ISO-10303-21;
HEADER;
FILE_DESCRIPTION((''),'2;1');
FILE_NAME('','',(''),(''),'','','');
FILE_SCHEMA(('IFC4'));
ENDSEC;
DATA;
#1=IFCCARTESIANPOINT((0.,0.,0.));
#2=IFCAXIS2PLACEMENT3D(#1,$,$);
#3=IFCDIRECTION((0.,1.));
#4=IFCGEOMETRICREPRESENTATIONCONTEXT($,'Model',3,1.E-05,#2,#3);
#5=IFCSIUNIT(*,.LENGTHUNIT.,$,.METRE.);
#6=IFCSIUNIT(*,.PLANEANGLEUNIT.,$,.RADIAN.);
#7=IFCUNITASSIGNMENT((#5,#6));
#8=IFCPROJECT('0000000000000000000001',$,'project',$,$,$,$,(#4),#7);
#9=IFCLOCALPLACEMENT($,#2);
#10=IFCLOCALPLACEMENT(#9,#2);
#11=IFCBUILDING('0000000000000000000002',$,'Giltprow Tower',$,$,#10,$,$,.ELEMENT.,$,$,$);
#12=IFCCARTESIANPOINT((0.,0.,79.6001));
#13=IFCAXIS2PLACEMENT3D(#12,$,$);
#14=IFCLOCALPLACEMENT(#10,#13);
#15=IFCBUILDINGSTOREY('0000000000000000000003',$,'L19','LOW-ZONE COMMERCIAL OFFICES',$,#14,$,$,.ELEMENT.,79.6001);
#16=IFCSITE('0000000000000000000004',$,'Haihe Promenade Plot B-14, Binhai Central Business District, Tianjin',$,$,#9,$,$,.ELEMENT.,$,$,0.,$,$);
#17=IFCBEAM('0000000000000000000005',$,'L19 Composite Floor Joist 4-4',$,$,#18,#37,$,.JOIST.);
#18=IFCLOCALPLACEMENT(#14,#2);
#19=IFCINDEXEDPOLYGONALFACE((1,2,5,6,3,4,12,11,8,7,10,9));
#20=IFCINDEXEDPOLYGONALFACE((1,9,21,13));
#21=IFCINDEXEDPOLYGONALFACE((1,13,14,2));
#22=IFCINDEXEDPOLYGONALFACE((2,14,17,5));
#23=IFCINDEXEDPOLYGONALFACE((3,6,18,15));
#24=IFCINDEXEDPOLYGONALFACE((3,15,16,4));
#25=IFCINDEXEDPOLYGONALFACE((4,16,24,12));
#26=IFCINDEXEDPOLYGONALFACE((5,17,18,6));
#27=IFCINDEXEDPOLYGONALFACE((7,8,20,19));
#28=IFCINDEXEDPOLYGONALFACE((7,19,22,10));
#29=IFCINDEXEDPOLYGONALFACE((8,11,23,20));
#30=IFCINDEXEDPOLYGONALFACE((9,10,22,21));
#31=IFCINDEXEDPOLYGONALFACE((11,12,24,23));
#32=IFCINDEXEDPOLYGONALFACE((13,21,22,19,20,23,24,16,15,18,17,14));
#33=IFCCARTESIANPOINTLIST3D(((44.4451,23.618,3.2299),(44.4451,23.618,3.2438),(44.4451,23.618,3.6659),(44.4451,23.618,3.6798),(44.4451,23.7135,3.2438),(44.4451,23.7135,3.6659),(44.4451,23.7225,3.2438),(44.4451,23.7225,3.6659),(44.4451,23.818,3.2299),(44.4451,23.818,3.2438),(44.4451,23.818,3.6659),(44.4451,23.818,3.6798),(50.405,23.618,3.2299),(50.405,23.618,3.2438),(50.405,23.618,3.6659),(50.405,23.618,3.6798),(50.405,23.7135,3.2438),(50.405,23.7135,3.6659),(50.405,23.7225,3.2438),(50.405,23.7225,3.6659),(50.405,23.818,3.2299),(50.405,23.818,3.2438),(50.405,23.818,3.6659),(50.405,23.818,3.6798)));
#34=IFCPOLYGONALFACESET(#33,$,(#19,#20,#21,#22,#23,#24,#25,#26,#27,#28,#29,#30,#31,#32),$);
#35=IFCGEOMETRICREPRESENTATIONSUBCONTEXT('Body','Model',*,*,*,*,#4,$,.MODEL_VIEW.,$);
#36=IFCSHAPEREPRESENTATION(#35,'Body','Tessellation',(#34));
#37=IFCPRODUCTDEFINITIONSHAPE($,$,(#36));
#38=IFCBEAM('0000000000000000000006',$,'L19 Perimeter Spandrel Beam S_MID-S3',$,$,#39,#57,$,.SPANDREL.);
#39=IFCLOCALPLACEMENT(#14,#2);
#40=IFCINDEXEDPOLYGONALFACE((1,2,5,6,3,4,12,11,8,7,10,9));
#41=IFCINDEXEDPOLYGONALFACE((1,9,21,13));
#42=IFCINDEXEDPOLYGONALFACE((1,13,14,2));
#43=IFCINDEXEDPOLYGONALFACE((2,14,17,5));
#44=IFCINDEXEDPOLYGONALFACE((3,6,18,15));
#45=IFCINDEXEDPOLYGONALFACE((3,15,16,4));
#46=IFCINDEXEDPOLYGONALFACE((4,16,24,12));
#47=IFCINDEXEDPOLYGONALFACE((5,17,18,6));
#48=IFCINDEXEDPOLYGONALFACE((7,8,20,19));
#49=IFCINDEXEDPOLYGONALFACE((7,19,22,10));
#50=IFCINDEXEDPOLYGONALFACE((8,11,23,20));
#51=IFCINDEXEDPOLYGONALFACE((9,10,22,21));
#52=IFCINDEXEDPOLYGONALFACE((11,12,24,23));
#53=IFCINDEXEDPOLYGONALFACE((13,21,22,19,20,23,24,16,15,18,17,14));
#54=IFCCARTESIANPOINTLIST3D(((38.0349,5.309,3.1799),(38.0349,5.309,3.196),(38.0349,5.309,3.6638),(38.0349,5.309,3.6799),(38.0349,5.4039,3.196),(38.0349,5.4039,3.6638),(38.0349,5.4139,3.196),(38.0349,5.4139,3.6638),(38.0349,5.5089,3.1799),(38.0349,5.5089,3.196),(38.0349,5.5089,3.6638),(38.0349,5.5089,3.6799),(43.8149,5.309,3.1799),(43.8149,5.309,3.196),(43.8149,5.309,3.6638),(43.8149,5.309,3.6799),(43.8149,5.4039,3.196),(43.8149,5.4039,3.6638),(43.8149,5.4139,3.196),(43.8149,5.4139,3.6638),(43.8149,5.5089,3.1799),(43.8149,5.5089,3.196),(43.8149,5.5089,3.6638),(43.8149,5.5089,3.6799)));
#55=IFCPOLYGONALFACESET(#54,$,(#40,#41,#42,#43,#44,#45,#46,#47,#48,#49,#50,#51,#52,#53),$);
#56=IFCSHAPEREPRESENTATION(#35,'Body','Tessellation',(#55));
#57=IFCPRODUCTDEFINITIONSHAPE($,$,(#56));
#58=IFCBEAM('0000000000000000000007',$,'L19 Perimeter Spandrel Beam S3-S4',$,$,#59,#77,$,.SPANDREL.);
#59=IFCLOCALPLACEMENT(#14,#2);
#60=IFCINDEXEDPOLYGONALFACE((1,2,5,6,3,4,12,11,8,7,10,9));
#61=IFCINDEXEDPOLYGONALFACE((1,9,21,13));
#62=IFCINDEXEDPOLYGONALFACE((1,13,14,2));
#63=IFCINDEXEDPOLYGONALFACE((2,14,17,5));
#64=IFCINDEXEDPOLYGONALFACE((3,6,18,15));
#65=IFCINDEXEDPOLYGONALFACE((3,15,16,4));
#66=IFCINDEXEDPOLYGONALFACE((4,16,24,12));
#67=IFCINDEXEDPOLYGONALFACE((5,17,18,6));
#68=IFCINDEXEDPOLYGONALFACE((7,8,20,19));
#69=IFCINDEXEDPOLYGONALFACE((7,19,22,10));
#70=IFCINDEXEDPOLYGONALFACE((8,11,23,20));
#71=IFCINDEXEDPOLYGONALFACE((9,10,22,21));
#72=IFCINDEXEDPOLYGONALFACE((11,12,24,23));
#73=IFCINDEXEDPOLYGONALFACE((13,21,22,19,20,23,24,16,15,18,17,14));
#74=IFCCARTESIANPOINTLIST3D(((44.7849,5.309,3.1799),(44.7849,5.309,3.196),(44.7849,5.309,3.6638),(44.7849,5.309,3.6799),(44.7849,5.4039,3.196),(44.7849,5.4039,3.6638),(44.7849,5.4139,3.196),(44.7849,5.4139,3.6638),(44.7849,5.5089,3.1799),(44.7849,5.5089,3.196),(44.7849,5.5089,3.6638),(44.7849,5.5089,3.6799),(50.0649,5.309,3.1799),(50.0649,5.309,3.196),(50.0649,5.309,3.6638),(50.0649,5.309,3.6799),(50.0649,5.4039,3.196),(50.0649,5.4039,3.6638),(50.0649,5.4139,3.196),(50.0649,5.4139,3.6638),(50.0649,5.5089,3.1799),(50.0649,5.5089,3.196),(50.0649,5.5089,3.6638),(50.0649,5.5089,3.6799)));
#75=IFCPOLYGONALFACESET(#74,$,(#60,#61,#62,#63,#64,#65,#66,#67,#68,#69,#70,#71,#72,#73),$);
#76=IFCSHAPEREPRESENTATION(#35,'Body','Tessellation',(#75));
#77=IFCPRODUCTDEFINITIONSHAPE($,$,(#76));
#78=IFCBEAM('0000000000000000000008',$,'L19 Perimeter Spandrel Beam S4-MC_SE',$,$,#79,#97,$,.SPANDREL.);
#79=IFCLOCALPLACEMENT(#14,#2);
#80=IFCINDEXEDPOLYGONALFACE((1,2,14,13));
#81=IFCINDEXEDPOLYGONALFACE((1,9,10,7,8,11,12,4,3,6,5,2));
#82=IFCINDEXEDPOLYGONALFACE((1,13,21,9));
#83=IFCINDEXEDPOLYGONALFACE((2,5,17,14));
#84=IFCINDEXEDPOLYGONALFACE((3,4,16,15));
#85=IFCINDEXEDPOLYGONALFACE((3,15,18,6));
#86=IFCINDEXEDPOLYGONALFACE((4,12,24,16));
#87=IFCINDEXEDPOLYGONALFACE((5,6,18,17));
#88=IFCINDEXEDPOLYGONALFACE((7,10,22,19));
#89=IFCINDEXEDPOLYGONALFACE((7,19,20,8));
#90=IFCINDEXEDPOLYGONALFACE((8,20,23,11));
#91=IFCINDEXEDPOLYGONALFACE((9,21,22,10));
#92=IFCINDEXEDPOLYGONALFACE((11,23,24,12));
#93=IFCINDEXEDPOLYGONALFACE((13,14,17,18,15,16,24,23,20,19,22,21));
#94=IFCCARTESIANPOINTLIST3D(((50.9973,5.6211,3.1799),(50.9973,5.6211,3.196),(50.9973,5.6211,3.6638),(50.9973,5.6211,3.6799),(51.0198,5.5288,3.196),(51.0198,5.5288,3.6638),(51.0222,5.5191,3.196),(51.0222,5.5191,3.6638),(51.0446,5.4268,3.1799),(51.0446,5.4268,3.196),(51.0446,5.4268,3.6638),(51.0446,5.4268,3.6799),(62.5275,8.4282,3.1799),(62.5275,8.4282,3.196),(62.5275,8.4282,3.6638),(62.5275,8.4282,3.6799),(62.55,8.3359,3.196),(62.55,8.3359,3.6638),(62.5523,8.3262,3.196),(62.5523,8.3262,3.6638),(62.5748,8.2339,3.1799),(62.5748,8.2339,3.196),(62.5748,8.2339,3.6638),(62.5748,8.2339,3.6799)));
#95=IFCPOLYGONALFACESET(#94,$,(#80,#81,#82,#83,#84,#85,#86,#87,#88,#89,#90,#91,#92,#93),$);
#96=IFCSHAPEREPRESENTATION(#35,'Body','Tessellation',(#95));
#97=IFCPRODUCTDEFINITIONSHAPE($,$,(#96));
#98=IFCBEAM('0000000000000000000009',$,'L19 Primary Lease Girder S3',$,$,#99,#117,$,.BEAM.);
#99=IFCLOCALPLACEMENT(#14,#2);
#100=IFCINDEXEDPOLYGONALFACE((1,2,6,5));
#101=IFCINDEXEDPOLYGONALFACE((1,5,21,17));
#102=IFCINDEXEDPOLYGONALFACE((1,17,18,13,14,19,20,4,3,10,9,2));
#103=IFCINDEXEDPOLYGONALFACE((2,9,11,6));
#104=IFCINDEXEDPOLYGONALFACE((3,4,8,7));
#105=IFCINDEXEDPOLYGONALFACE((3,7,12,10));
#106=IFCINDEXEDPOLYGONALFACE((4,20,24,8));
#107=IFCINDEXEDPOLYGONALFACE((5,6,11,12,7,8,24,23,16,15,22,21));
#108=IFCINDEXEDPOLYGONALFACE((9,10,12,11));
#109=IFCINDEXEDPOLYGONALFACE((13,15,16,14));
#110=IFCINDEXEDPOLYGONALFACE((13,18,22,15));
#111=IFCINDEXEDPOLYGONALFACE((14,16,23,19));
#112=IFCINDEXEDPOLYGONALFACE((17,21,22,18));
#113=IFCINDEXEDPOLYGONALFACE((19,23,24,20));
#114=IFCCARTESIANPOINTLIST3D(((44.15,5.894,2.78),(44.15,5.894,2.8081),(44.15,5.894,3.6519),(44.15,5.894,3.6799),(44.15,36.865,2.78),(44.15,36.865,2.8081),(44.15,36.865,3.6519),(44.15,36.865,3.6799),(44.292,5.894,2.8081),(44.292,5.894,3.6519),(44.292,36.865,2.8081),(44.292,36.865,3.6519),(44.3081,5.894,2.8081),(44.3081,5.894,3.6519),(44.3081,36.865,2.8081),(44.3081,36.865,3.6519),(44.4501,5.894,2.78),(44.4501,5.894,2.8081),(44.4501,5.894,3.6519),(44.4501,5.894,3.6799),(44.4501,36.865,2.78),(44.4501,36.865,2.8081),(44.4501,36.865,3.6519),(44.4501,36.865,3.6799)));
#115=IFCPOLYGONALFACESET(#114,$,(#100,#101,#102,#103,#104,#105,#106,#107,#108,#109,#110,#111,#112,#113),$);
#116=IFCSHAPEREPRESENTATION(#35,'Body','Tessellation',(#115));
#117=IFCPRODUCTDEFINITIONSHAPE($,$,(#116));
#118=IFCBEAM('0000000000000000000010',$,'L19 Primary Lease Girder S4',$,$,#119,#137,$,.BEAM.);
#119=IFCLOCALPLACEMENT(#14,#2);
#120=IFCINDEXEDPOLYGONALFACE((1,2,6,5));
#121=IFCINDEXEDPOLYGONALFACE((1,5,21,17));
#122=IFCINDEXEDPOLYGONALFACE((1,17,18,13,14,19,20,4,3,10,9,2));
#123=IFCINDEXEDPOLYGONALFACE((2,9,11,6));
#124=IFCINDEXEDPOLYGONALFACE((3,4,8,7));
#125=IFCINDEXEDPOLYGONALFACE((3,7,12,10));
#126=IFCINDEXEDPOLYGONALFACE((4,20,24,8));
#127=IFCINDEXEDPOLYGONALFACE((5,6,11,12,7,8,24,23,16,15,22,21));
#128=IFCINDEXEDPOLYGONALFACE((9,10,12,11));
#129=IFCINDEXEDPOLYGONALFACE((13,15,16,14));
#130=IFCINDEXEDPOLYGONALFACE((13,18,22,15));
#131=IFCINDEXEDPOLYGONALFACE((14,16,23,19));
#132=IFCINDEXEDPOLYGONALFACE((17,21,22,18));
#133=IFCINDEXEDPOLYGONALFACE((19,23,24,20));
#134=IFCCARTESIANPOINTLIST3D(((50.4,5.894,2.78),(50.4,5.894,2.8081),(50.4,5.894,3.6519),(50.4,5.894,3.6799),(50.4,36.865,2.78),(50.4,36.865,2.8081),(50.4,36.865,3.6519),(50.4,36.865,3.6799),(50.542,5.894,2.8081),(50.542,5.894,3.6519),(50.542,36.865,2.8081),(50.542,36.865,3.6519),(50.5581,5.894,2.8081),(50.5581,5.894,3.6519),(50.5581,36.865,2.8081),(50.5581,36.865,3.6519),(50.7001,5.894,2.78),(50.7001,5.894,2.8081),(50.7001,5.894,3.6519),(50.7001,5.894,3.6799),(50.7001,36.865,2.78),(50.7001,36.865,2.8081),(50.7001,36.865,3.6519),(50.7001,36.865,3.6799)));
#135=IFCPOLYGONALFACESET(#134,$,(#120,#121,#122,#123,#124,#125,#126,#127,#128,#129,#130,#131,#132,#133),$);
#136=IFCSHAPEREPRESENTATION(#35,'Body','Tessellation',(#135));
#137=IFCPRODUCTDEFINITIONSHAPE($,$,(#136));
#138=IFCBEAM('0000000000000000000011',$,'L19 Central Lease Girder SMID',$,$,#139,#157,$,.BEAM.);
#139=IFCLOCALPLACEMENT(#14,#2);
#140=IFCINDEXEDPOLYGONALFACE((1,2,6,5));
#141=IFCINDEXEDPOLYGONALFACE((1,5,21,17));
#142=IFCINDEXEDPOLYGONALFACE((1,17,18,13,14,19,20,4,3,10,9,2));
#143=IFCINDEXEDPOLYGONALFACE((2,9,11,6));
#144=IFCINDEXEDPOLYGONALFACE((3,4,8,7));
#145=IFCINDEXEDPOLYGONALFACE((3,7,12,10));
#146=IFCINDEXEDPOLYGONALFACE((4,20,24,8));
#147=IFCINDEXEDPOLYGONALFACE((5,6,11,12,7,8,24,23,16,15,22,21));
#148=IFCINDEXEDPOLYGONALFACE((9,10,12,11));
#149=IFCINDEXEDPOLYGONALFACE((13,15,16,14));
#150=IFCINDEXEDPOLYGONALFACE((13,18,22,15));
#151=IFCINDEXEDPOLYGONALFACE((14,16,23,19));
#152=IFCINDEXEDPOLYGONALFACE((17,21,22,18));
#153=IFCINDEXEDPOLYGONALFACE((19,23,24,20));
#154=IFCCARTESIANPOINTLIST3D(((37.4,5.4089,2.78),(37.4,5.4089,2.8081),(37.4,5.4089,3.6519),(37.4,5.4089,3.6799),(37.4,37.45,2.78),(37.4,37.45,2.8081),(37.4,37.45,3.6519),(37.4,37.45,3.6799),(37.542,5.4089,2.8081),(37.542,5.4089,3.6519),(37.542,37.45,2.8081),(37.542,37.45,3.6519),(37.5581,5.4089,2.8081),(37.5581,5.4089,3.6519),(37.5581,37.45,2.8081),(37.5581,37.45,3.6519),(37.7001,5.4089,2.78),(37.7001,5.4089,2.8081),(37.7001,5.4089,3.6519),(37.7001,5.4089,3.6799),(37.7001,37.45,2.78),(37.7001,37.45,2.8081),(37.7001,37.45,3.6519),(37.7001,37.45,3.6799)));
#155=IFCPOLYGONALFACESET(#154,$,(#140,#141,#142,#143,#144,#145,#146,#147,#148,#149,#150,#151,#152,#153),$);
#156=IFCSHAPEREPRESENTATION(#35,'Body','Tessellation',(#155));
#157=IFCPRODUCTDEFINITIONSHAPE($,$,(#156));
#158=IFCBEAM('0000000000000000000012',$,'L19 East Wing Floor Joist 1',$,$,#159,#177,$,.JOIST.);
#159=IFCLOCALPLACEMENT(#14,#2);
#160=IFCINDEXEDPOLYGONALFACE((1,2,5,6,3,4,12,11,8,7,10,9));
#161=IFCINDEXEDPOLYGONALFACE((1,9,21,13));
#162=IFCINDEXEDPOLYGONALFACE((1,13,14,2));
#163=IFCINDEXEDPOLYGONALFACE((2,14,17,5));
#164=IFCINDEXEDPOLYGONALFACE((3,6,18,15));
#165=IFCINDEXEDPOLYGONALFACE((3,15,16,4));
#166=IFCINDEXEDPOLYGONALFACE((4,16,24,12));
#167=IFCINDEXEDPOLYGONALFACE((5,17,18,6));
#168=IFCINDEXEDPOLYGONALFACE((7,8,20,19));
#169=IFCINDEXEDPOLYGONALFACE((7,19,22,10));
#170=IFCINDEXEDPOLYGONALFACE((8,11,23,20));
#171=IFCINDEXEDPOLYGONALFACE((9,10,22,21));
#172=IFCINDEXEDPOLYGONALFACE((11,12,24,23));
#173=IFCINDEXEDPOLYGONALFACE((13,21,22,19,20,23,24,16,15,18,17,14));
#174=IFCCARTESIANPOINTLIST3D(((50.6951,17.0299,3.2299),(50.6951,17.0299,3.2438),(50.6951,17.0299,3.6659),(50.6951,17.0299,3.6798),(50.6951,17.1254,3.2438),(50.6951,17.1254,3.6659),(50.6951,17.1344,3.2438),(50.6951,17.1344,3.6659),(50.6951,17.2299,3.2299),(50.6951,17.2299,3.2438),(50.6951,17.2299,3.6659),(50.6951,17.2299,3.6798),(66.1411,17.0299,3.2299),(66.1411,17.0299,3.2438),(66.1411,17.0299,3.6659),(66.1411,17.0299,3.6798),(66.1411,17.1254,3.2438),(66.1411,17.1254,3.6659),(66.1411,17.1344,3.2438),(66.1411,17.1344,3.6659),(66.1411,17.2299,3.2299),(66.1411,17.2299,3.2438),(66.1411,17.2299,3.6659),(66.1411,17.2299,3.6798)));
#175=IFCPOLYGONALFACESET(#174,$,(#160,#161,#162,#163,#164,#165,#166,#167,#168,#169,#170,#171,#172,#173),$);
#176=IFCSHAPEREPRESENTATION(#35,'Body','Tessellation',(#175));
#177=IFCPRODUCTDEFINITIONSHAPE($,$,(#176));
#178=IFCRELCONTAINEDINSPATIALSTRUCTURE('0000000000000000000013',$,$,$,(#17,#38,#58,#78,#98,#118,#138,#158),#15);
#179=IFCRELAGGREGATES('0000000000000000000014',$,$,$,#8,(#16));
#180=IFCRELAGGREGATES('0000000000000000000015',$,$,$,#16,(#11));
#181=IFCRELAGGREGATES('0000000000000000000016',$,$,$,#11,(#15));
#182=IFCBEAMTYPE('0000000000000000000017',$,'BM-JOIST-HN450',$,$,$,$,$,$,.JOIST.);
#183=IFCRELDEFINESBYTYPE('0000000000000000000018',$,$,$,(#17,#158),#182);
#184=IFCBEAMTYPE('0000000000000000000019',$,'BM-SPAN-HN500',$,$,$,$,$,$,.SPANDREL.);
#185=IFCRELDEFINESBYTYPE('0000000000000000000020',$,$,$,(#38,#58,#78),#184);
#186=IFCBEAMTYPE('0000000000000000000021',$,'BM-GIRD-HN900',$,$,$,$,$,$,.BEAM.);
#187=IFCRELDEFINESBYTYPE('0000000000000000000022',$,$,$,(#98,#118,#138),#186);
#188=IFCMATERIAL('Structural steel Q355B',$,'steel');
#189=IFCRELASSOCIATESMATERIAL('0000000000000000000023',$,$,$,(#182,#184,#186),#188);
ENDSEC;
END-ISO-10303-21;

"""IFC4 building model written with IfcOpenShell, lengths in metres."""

from ifc_helpers import new_model, si_unit, direction, frame, origin, origin_2d, place, context, subcontext, project, spatial, i_section, extrude, source, transform, mapped, material, material_profile, profile_set, type_object, element, save


model = new_model("IFC4")

# Units and contexts
model_context = context("Model", 3, precision=1e-05, world=origin(), true_north=direction((0.0, 1.0)))
body_context = subcontext(model_context, "Body", "Model", "MODEL_VIEW")
ifc_project = project(units=[si_unit("LENGTHUNIT", "METRE"), si_unit("PLANEANGLEUNIT", "RADIAN")], contexts=[model_context])

# Site, building, storey
site_placement = place(None, origin())
site = spatial("IfcSite", under=ifc_project, at=site_placement, Name="Haihe Promenade Plot B-14, Binhai Central Business District, Tianjin", CompositionType="ELEMENT", RefElevation=0.0)
building_placement = place(site_placement, origin())
building = spatial("IfcBuilding", under=site, at=building_placement, Name="Giltprow Tower", CompositionType="ELEMENT")
storey_placement = place(building_placement, frame((0.0, 0.0, 79.6001)))
storey = spatial("IfcBuildingStorey", under=building, at=storey_placement, Name="L19", Description="LOW-ZONE COMMERCIAL OFFICES", CompositionType="ELEMENT", Elevation=79.6001)

# Beams
ifc_material_1 = material(Name="Structural steel Q355B", Category="steel")
ifc_material_profile_1 = material_profile(ifc_material_1, i_section(OverallWidth=0.2, OverallDepth=0.45, WebThickness=0.009, FlangeThickness=0.0139, at=origin_2d()), Name="HN 450x200x9x14")
ifc_profile_set_1 = profile_set([ifc_material_profile_1], Name="Structural steel Q355B")
beam_type_1 = type_object("IfcBeamType", Name="BM-JOIST-HN450", PredefinedType="JOIST", material=ifc_profile_set_1)
shared_shape_1 = source(origin(), body_context, "Body", "SweptSolid", [
    extrude(i_section(OverallWidth=0.2, OverallDepth=0.45, WebThickness=0.009, FlangeThickness=0.0139, at=origin_2d()), origin(), (0.0, 0.0, 1.0), 5.96),
])
for number, where, z_axis, x_axis, name in (
    (1, (44.4451, 23.718, 3.4548), (1.0, 0.0, 0.0), (0.0, 1.0, 0.0), "L19 Composite Floor Joist 4-4"),
):
    element("IfcBeam", number, at=place(storey_placement, frame(where, z_axis=z_axis, x_axis=x_axis)), inside=storey, type_object=beam_type_1, Name=name, PredefinedType="JOIST", context=body_context, shape_type="MappedRepresentation", body=[
        mapped(shared_shape_1, transform((0.0, 0.0, 0.0), x_axis=(1.0, 0.0, 0.0), y_axis=(0.0, 1.0, 0.0), z_axis=(0.0, 0.0, 1.0), scale=1.0)),
    ])
ifc_material_profile_2 = material_profile(ifc_material_1, i_section(OverallWidth=0.2, OverallDepth=0.5, WebThickness=0.01, FlangeThickness=0.0161, at=origin_2d()), Name="HN 500x200x10x16")
ifc_profile_set_2 = profile_set([ifc_material_profile_2], Name="Structural steel Q355B")
beam_type_2 = type_object("IfcBeamType", Name="BM-SPAN-HN500", PredefinedType="SPANDREL", material=ifc_profile_set_2)
shared_shape_2 = source(origin(), body_context, "Body", "SweptSolid", [
    extrude(i_section(OverallWidth=0.2, OverallDepth=0.5, WebThickness=0.01, FlangeThickness=0.0161, at=origin_2d()), origin(), (0.0, 0.0, 1.0), 5.78),
])
beam_1_placement = place(storey_placement, frame((38.0349, 5.4089, 3.4299), z_axis=(1.0, 0.0, 0.0), x_axis=(0.0, 1.0, 0.0)))
element("IfcBeam", 2, at=beam_1_placement, inside=storey, type_object=beam_type_2, Name="L19 Perimeter Spandrel Beam S_MID-S3", PredefinedType="SPANDREL", context=body_context, shape_type="MappedRepresentation", body=[
    mapped(shared_shape_2, transform((0.0, 0.0, 0.0), x_axis=(1.0, 0.0, 0.0), y_axis=(0.0, 1.0, 0.0), z_axis=(0.0, 0.0, 1.0), scale=1.0)),
])
shared_shape_3 = source(origin(), body_context, "Body", "SweptSolid", [
    extrude(i_section(OverallWidth=0.2, OverallDepth=0.5, WebThickness=0.01, FlangeThickness=0.0161, at=origin_2d()), origin(), (0.0, 0.0, 1.0), 5.28),
])
beam_2_placement = place(storey_placement, frame((44.7849, 5.4089, 3.4299), z_axis=(1.0, 0.0, 0.0), x_axis=(0.0, 1.0, 0.0)))
element("IfcBeam", 3, at=beam_2_placement, inside=storey, type_object=beam_type_2, Name="L19 Perimeter Spandrel Beam S3-S4", PredefinedType="SPANDREL", context=body_context, shape_type="MappedRepresentation", body=[
    mapped(shared_shape_3, transform((0.0, 0.0, 0.0), x_axis=(1.0, 0.0, 0.0), y_axis=(0.0, 1.0, 0.0), z_axis=(0.0, 0.0, 1.0), scale=1.0)),
])
shared_shape_4 = source(origin(), body_context, "Body", "SweptSolid", [
    extrude(i_section(OverallWidth=0.2, OverallDepth=0.5, WebThickness=0.01, FlangeThickness=0.0161, at=origin_2d()), origin(), (0.0, 0.0, 1.0), 11.8669),
])
beam_3_placement = place(storey_placement, frame((51.021, 5.5239, 3.4299), z_axis=(0.971619, 0.236553, 0.0), x_axis=(-0.236553, 0.971619, 0.0)))
element("IfcBeam", 4, at=beam_3_placement, inside=storey, type_object=beam_type_2, Name="L19 Perimeter Spandrel Beam S4-MC_SE", PredefinedType="SPANDREL", context=body_context, shape_type="MappedRepresentation", body=[
    mapped(shared_shape_4, transform((0.0, 0.0, 0.0), x_axis=(1.0, 0.0, 0.0), y_axis=(0.0, 1.0, 0.0), z_axis=(0.0, 0.0, 1.0), scale=1.0)),
])
ifc_material_profile_3 = material_profile(ifc_material_1, i_section(OverallWidth=0.3, OverallDepth=0.8999, WebThickness=0.0161, FlangeThickness=0.0281, at=origin_2d()), Name="HN 900x300x16x28")
ifc_profile_set_3 = profile_set([ifc_material_profile_3], Name="Structural steel Q355B")
beam_type_3 = type_object("IfcBeamType", Name="BM-GIRD-HN900", PredefinedType="BEAM", material=ifc_profile_set_3)
shared_shape_5 = source(origin(), body_context, "Body", "SweptSolid", [
    extrude(i_section(OverallWidth=0.3, OverallDepth=0.8999, WebThickness=0.0161, FlangeThickness=0.0281, at=origin_2d()), origin(), (0.0, 0.0, 1.0), 30.9709),
])
for number, where, z_axis, x_axis, name in (
    (5, (44.3, 5.894, 3.23), (0.0, 1.0, 0.0), (-1.0, 0.0, 0.0), "L19 Primary Lease Girder S3"),
    (6, (50.55, 5.894, 3.23), (0.0, 1.0, 0.0), (-1.0, 0.0, 0.0), "L19 Primary Lease Girder S4"),
):
    element("IfcBeam", number, at=place(storey_placement, frame(where, z_axis=z_axis, x_axis=x_axis)), inside=storey, type_object=beam_type_3, Name=name, PredefinedType="BEAM", context=body_context, shape_type="MappedRepresentation", body=[
        mapped(shared_shape_5, transform((0.0, 0.0, 0.0), x_axis=(1.0, 0.0, 0.0), y_axis=(0.0, 1.0, 0.0), z_axis=(0.0, 0.0, 1.0), scale=1.0)),
    ])
shared_shape_6 = source(origin(), body_context, "Body", "SweptSolid", [
    extrude(i_section(OverallWidth=0.3, OverallDepth=0.8999, WebThickness=0.0161, FlangeThickness=0.0281, at=origin_2d()), origin(), (0.0, 0.0, 1.0), 32.041),
])
beam_4_placement = place(storey_placement, frame((37.55, 5.4089, 3.23), z_axis=(0.0, 1.0, 0.0), x_axis=(-1.0, 0.0, 0.0)))
element("IfcBeam", 7, at=beam_4_placement, inside=storey, type_object=beam_type_3, Name="L19 Central Lease Girder SMID", PredefinedType="BEAM", context=body_context, shape_type="MappedRepresentation", body=[
    mapped(shared_shape_6, transform((0.0, 0.0, 0.0), x_axis=(1.0, 0.0, 0.0), y_axis=(0.0, 1.0, 0.0), z_axis=(0.0, 0.0, 1.0), scale=1.0)),
])
shared_shape_7 = source(origin(), body_context, "Body", "SweptSolid", [
    extrude(i_section(OverallWidth=0.2, OverallDepth=0.45, WebThickness=0.009, FlangeThickness=0.0139, at=origin_2d()), origin(), (0.0, 0.0, 1.0), 15.446),
])
beam_5_placement = place(storey_placement, frame((50.6951, 17.1299, 3.4548), z_axis=(1.0, 0.0, 0.0), x_axis=(0.0, 1.0, 0.0)))
element("IfcBeam", 8, at=beam_5_placement, inside=storey, type_object=beam_type_1, Name="L19 East Wing Floor Joist 1", PredefinedType="JOIST", context=body_context, shape_type="MappedRepresentation", body=[
    mapped(shared_shape_7, transform((0.0, 0.0, 0.0), x_axis=(1.0, 0.0, 0.0), y_axis=(0.0, 1.0, 0.0), z_axis=(0.0, 0.0, 1.0), scale=1.0)),
])

save(model, "model.ifc")
